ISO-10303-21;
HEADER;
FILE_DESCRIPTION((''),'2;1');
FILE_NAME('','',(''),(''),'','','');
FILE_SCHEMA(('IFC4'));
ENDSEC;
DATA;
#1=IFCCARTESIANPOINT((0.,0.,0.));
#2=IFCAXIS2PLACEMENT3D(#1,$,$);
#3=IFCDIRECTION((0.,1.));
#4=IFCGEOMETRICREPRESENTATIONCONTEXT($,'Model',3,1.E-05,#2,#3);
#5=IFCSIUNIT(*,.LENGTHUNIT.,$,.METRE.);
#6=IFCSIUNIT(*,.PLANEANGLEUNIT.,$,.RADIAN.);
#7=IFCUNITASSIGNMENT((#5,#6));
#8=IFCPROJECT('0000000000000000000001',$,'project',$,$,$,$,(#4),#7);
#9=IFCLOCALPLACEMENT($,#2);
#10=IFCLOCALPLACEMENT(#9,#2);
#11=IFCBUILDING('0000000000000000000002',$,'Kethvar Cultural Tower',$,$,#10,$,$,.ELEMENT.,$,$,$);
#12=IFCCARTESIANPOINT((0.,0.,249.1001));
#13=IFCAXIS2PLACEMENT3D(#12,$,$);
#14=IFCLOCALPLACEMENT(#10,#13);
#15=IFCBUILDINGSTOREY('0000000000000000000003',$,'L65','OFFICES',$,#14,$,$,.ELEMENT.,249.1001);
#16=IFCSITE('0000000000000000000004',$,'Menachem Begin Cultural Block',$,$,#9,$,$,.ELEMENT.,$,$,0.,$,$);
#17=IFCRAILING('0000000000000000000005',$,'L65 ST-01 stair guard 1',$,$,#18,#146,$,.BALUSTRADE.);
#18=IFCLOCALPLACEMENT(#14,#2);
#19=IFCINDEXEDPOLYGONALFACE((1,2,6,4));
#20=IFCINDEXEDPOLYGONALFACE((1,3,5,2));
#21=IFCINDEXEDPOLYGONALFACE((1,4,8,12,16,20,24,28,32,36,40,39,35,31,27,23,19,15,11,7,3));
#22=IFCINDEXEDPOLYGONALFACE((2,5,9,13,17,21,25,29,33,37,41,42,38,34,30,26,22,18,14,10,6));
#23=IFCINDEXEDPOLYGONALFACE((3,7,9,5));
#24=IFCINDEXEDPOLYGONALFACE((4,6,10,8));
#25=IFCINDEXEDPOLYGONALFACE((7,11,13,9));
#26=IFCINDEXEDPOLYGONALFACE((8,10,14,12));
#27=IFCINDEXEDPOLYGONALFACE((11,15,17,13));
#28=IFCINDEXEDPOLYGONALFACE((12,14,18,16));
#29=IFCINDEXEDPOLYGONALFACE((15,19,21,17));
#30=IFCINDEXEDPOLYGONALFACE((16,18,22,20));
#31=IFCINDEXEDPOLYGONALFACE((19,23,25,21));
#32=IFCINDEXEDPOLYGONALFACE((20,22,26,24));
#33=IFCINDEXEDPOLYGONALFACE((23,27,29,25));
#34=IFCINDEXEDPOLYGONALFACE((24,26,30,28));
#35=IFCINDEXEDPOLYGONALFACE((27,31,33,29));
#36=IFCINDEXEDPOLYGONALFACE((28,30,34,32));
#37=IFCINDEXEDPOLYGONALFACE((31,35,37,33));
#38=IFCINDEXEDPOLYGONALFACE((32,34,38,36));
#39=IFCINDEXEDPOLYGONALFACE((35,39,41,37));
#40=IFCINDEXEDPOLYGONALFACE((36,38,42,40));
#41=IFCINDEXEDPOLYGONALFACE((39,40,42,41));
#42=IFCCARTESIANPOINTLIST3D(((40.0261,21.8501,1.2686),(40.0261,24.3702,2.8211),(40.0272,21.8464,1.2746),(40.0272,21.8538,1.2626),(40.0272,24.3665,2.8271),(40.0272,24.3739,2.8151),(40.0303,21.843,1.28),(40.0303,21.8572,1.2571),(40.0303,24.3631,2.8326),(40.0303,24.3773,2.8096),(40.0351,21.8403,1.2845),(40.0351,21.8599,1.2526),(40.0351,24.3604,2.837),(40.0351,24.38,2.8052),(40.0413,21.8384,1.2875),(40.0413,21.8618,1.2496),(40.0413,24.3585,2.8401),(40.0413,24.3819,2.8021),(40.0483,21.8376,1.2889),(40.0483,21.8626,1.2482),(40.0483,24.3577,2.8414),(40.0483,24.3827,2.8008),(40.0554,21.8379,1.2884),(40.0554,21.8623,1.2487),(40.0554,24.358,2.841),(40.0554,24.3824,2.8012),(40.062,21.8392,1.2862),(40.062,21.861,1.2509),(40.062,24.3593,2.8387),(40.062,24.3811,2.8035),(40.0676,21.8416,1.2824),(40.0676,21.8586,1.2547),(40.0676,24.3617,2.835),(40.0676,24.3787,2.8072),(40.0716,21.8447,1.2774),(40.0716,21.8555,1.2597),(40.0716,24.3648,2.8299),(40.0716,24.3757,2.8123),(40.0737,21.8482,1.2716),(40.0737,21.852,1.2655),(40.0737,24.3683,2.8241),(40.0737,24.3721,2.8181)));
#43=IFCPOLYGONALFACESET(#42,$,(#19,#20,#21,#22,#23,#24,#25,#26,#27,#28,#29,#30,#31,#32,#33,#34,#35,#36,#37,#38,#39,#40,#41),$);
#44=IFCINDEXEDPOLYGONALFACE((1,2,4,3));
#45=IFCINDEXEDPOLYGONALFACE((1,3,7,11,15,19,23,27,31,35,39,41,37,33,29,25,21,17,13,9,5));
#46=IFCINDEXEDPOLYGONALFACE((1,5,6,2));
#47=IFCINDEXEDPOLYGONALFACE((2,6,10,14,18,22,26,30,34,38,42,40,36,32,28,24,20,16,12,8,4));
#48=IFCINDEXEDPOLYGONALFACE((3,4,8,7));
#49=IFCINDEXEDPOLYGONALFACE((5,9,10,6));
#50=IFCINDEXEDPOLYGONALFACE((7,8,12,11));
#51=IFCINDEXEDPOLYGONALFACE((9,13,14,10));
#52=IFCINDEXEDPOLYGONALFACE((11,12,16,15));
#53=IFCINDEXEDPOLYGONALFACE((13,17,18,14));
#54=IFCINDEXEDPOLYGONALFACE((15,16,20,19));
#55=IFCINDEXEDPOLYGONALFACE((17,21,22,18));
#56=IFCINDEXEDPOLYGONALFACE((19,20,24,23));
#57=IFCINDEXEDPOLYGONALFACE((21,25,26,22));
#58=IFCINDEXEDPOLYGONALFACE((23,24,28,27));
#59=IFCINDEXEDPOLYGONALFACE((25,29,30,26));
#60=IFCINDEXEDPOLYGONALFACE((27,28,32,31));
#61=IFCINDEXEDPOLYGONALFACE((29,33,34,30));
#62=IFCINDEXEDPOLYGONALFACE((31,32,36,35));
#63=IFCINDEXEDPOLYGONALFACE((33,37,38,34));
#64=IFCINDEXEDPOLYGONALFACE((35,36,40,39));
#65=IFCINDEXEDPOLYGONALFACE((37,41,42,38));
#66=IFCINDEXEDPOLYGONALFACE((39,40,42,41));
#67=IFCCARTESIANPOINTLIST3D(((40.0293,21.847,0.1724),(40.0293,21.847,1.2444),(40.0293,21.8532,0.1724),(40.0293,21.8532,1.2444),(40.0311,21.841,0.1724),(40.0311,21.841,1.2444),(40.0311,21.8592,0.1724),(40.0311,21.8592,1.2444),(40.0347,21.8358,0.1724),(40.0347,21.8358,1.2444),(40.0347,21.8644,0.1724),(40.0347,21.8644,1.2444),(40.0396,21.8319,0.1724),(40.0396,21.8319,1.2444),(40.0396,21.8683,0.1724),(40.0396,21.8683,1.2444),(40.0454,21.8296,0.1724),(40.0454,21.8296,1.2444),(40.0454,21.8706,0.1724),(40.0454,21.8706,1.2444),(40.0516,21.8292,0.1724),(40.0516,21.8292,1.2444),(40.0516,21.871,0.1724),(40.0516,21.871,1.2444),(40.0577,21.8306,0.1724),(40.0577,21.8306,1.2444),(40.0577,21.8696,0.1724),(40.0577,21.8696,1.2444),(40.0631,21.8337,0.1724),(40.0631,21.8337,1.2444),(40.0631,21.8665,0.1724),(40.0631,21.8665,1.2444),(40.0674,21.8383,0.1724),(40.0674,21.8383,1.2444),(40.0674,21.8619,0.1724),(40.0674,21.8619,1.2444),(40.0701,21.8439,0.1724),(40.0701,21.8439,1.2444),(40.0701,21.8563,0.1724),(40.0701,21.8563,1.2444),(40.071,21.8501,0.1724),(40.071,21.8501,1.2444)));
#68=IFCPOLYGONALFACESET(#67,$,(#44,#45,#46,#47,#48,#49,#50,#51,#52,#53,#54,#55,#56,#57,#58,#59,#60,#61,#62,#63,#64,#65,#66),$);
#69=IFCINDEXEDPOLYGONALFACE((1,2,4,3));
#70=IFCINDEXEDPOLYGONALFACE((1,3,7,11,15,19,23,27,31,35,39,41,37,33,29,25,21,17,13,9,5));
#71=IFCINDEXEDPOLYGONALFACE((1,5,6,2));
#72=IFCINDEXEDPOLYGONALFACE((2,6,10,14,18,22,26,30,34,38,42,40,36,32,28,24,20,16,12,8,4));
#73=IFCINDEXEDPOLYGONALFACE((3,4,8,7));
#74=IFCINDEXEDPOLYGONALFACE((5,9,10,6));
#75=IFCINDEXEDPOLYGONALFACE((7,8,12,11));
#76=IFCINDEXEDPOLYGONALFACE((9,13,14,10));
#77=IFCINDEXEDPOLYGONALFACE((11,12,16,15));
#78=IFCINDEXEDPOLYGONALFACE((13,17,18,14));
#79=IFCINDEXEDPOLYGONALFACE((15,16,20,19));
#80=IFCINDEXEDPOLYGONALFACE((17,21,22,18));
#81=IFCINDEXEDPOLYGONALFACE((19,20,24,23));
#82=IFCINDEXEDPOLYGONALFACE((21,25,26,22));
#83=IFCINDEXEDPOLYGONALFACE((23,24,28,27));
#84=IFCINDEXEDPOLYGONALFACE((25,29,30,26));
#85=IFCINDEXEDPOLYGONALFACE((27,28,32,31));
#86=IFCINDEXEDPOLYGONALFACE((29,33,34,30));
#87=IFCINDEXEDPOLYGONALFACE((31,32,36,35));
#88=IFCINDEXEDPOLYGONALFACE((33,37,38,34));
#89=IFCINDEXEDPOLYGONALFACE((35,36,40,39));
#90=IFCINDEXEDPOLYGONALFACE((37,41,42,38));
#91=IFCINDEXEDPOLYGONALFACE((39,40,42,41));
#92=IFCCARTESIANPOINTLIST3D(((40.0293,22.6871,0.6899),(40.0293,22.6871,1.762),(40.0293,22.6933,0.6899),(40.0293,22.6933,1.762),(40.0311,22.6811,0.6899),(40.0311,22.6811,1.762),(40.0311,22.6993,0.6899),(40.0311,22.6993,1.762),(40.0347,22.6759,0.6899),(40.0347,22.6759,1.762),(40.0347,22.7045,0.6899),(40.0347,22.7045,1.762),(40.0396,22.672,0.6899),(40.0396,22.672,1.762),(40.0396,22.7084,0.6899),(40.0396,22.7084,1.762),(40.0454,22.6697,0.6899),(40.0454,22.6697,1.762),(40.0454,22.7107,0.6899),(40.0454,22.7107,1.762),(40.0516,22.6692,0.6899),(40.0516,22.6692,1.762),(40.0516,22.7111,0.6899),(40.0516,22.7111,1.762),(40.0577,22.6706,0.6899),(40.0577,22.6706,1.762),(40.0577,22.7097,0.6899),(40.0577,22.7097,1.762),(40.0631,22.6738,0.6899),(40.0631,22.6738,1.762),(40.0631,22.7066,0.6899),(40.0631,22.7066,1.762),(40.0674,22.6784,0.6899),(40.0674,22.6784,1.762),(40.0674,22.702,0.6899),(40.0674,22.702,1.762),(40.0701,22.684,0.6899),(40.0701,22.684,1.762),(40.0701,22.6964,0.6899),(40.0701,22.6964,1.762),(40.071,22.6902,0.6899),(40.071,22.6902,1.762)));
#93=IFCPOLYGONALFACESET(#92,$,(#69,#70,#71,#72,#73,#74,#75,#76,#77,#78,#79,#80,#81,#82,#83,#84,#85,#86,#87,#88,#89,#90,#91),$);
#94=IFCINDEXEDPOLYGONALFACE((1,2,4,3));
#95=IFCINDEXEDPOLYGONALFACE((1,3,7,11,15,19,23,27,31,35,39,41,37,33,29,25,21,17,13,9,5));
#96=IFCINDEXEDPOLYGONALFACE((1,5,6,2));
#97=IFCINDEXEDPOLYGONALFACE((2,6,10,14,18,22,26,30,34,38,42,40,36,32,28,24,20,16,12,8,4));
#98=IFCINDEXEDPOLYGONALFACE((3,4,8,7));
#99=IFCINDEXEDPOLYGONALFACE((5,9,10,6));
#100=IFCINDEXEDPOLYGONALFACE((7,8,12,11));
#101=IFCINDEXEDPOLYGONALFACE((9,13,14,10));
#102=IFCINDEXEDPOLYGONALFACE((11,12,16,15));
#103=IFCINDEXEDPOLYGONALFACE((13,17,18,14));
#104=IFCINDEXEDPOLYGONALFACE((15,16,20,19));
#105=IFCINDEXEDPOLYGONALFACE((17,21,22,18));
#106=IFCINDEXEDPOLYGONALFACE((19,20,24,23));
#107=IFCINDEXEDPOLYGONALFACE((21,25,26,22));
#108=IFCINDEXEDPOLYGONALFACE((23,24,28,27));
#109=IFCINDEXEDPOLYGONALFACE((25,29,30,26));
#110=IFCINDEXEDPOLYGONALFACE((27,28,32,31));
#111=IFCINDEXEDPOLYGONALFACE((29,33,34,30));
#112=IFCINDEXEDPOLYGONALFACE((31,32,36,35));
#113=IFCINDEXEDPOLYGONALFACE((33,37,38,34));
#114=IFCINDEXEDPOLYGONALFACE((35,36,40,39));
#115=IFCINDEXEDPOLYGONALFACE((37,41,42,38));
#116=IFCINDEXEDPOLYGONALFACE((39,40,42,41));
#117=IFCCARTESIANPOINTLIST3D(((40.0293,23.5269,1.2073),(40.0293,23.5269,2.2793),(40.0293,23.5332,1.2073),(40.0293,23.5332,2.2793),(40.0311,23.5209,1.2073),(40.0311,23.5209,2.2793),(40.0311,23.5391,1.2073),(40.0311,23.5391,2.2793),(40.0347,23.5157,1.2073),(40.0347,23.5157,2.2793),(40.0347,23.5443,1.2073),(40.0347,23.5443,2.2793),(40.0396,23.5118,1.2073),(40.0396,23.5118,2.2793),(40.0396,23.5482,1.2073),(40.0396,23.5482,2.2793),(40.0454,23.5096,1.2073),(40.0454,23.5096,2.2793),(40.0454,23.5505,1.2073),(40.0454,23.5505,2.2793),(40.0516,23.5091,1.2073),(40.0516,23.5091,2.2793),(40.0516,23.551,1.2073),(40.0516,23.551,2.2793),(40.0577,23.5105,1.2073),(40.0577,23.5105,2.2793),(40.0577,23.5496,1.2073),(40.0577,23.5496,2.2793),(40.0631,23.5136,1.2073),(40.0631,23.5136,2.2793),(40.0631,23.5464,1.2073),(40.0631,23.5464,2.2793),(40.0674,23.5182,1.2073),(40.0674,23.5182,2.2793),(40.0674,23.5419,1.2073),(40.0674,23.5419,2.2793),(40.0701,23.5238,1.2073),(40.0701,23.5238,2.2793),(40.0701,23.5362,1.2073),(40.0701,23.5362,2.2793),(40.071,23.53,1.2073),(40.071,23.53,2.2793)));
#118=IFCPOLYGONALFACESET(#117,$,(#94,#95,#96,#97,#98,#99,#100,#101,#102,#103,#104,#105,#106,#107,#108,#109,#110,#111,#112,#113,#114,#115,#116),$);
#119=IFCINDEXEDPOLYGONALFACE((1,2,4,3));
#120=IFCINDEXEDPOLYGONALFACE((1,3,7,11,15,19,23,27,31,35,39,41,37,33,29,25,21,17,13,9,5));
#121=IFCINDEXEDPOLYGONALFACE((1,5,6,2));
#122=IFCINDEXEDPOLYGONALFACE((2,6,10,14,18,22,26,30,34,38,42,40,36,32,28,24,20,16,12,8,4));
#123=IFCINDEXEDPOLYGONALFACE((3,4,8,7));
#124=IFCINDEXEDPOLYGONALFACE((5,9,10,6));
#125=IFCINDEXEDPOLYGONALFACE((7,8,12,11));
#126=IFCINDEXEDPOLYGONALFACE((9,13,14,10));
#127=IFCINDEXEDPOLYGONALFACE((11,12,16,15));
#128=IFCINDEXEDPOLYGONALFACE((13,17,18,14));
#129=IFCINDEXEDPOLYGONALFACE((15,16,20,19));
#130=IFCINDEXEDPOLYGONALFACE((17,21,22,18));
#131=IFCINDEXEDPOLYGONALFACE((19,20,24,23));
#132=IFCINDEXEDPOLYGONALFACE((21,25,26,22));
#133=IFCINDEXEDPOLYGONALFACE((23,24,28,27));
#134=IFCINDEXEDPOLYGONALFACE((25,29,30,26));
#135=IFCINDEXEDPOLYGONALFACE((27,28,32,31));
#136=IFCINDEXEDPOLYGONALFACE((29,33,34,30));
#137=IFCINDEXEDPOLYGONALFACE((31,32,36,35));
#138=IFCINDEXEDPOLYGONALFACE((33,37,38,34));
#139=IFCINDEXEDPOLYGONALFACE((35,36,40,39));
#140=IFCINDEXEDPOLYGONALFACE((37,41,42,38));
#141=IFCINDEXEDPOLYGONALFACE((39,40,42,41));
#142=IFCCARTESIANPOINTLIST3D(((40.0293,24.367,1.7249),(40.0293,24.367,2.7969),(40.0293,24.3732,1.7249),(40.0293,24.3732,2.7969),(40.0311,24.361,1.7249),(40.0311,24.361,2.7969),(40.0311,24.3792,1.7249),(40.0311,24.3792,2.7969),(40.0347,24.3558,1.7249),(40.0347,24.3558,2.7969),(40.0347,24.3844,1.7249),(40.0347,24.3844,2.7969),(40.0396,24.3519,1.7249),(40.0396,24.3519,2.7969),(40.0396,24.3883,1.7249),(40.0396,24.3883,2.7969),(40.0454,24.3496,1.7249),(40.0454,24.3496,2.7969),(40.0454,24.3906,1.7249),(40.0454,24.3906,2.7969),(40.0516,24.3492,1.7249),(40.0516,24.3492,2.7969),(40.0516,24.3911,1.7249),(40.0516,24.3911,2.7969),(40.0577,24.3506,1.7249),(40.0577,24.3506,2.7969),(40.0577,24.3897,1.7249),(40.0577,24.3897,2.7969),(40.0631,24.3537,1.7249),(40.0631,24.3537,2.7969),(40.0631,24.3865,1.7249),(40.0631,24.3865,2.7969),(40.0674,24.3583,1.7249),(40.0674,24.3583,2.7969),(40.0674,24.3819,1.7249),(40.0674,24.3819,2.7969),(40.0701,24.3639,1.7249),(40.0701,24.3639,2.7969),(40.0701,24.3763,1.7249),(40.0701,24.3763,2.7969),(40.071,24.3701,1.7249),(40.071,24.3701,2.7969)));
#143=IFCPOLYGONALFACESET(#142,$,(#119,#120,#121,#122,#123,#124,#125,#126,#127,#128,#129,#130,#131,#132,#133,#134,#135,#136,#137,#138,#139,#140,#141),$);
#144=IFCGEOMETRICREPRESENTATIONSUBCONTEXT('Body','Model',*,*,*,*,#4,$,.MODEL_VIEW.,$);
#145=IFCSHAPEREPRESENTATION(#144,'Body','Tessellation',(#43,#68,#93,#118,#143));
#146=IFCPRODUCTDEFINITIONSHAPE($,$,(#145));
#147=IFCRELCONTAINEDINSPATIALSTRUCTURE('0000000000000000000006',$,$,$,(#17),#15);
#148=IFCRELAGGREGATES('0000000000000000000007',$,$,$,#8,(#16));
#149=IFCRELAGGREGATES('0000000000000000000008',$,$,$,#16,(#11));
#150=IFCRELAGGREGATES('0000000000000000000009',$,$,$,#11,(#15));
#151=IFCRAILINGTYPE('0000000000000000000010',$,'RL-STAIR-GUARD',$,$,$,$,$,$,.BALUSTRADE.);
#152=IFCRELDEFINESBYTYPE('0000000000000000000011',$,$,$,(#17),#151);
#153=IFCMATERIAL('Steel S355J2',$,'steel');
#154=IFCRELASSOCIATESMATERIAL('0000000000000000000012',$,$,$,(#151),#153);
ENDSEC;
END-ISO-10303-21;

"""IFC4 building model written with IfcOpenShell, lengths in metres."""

from ifc_helpers import new_model, si_unit, direction, frame, origin, origin_2d, place, context, subcontext, project, spatial, circle, extrude, material, type_object, element, save


model = new_model("IFC4")

# Units and contexts
model_context = context("Model", 3, precision=1e-05, world=origin(), true_north=direction((0.0, 1.0)))
body_context = subcontext(model_context, "Body", "Model", "MODEL_VIEW")
ifc_project = project(units=[si_unit("LENGTHUNIT", "METRE"), si_unit("PLANEANGLEUNIT", "RADIAN")], contexts=[model_context])

# Site, building, storey
site_placement = place(None, origin())
site = spatial("IfcSite", under=ifc_project, at=site_placement, Name="Menachem Begin Cultural Block", CompositionType="ELEMENT", RefElevation=0.0)
building_placement = place(site_placement, origin())
building = spatial("IfcBuilding", under=site, at=building_placement, Name="Kethvar Cultural Tower", CompositionType="ELEMENT")
storey_placement = place(building_placement, frame((0.0, 0.0, 249.1001)))
storey = spatial("IfcBuildingStorey", under=building, at=storey_placement, Name="L65", Description="OFFICES", CompositionType="ELEMENT", Elevation=249.1001)

# Shared definitions
ifc_material_1 = material(Name="Steel S355J2", Category="steel")

# Railing
railing_type_1 = type_object("IfcRailingType", Name="RL-STAIR-GUARD", PredefinedType="BALUSTRADE", material=ifc_material_1)
railing_1_placement = place(storey_placement, frame((40.05, 21.8501, 0.1724)))
element("IfcRailing", 1, at=railing_1_placement, inside=storey, type_object=railing_type_1, Name="L65 ST-01 stair guard 1", PredefinedType="BALUSTRADE", context=body_context, shape_type="SweptSolid", body=[
    extrude(circle(Radius=0.0239, at=origin_2d()), frame((0.0, 0.0, 1.0962), z_axis=(0.0, 0.8514, 0.524516), x_axis=(-1.0, 0.0, 0.0)), (0.0, 0.0, 1.0), 2.96),
    extrude(circle(Radius=0.021, at=origin_2d()), origin(), (0.0, 0.0, 1.0), 1.072),
    extrude(circle(Radius=0.021, at=origin_2d()), frame((0.0, 0.8401, 0.5176)), (0.0, 0.0, 1.0), 1.072),
    extrude(circle(Radius=0.021, at=origin_2d()), frame((0.0, 1.6799, 1.0349)), (0.0, 0.0, 1.0), 1.072),
    extrude(circle(Radius=0.021, at=origin_2d()), frame((0.0, 2.52, 1.5525)), (0.0, 0.0, 1.0), 1.072),
])

save(model, "model.ifc")
